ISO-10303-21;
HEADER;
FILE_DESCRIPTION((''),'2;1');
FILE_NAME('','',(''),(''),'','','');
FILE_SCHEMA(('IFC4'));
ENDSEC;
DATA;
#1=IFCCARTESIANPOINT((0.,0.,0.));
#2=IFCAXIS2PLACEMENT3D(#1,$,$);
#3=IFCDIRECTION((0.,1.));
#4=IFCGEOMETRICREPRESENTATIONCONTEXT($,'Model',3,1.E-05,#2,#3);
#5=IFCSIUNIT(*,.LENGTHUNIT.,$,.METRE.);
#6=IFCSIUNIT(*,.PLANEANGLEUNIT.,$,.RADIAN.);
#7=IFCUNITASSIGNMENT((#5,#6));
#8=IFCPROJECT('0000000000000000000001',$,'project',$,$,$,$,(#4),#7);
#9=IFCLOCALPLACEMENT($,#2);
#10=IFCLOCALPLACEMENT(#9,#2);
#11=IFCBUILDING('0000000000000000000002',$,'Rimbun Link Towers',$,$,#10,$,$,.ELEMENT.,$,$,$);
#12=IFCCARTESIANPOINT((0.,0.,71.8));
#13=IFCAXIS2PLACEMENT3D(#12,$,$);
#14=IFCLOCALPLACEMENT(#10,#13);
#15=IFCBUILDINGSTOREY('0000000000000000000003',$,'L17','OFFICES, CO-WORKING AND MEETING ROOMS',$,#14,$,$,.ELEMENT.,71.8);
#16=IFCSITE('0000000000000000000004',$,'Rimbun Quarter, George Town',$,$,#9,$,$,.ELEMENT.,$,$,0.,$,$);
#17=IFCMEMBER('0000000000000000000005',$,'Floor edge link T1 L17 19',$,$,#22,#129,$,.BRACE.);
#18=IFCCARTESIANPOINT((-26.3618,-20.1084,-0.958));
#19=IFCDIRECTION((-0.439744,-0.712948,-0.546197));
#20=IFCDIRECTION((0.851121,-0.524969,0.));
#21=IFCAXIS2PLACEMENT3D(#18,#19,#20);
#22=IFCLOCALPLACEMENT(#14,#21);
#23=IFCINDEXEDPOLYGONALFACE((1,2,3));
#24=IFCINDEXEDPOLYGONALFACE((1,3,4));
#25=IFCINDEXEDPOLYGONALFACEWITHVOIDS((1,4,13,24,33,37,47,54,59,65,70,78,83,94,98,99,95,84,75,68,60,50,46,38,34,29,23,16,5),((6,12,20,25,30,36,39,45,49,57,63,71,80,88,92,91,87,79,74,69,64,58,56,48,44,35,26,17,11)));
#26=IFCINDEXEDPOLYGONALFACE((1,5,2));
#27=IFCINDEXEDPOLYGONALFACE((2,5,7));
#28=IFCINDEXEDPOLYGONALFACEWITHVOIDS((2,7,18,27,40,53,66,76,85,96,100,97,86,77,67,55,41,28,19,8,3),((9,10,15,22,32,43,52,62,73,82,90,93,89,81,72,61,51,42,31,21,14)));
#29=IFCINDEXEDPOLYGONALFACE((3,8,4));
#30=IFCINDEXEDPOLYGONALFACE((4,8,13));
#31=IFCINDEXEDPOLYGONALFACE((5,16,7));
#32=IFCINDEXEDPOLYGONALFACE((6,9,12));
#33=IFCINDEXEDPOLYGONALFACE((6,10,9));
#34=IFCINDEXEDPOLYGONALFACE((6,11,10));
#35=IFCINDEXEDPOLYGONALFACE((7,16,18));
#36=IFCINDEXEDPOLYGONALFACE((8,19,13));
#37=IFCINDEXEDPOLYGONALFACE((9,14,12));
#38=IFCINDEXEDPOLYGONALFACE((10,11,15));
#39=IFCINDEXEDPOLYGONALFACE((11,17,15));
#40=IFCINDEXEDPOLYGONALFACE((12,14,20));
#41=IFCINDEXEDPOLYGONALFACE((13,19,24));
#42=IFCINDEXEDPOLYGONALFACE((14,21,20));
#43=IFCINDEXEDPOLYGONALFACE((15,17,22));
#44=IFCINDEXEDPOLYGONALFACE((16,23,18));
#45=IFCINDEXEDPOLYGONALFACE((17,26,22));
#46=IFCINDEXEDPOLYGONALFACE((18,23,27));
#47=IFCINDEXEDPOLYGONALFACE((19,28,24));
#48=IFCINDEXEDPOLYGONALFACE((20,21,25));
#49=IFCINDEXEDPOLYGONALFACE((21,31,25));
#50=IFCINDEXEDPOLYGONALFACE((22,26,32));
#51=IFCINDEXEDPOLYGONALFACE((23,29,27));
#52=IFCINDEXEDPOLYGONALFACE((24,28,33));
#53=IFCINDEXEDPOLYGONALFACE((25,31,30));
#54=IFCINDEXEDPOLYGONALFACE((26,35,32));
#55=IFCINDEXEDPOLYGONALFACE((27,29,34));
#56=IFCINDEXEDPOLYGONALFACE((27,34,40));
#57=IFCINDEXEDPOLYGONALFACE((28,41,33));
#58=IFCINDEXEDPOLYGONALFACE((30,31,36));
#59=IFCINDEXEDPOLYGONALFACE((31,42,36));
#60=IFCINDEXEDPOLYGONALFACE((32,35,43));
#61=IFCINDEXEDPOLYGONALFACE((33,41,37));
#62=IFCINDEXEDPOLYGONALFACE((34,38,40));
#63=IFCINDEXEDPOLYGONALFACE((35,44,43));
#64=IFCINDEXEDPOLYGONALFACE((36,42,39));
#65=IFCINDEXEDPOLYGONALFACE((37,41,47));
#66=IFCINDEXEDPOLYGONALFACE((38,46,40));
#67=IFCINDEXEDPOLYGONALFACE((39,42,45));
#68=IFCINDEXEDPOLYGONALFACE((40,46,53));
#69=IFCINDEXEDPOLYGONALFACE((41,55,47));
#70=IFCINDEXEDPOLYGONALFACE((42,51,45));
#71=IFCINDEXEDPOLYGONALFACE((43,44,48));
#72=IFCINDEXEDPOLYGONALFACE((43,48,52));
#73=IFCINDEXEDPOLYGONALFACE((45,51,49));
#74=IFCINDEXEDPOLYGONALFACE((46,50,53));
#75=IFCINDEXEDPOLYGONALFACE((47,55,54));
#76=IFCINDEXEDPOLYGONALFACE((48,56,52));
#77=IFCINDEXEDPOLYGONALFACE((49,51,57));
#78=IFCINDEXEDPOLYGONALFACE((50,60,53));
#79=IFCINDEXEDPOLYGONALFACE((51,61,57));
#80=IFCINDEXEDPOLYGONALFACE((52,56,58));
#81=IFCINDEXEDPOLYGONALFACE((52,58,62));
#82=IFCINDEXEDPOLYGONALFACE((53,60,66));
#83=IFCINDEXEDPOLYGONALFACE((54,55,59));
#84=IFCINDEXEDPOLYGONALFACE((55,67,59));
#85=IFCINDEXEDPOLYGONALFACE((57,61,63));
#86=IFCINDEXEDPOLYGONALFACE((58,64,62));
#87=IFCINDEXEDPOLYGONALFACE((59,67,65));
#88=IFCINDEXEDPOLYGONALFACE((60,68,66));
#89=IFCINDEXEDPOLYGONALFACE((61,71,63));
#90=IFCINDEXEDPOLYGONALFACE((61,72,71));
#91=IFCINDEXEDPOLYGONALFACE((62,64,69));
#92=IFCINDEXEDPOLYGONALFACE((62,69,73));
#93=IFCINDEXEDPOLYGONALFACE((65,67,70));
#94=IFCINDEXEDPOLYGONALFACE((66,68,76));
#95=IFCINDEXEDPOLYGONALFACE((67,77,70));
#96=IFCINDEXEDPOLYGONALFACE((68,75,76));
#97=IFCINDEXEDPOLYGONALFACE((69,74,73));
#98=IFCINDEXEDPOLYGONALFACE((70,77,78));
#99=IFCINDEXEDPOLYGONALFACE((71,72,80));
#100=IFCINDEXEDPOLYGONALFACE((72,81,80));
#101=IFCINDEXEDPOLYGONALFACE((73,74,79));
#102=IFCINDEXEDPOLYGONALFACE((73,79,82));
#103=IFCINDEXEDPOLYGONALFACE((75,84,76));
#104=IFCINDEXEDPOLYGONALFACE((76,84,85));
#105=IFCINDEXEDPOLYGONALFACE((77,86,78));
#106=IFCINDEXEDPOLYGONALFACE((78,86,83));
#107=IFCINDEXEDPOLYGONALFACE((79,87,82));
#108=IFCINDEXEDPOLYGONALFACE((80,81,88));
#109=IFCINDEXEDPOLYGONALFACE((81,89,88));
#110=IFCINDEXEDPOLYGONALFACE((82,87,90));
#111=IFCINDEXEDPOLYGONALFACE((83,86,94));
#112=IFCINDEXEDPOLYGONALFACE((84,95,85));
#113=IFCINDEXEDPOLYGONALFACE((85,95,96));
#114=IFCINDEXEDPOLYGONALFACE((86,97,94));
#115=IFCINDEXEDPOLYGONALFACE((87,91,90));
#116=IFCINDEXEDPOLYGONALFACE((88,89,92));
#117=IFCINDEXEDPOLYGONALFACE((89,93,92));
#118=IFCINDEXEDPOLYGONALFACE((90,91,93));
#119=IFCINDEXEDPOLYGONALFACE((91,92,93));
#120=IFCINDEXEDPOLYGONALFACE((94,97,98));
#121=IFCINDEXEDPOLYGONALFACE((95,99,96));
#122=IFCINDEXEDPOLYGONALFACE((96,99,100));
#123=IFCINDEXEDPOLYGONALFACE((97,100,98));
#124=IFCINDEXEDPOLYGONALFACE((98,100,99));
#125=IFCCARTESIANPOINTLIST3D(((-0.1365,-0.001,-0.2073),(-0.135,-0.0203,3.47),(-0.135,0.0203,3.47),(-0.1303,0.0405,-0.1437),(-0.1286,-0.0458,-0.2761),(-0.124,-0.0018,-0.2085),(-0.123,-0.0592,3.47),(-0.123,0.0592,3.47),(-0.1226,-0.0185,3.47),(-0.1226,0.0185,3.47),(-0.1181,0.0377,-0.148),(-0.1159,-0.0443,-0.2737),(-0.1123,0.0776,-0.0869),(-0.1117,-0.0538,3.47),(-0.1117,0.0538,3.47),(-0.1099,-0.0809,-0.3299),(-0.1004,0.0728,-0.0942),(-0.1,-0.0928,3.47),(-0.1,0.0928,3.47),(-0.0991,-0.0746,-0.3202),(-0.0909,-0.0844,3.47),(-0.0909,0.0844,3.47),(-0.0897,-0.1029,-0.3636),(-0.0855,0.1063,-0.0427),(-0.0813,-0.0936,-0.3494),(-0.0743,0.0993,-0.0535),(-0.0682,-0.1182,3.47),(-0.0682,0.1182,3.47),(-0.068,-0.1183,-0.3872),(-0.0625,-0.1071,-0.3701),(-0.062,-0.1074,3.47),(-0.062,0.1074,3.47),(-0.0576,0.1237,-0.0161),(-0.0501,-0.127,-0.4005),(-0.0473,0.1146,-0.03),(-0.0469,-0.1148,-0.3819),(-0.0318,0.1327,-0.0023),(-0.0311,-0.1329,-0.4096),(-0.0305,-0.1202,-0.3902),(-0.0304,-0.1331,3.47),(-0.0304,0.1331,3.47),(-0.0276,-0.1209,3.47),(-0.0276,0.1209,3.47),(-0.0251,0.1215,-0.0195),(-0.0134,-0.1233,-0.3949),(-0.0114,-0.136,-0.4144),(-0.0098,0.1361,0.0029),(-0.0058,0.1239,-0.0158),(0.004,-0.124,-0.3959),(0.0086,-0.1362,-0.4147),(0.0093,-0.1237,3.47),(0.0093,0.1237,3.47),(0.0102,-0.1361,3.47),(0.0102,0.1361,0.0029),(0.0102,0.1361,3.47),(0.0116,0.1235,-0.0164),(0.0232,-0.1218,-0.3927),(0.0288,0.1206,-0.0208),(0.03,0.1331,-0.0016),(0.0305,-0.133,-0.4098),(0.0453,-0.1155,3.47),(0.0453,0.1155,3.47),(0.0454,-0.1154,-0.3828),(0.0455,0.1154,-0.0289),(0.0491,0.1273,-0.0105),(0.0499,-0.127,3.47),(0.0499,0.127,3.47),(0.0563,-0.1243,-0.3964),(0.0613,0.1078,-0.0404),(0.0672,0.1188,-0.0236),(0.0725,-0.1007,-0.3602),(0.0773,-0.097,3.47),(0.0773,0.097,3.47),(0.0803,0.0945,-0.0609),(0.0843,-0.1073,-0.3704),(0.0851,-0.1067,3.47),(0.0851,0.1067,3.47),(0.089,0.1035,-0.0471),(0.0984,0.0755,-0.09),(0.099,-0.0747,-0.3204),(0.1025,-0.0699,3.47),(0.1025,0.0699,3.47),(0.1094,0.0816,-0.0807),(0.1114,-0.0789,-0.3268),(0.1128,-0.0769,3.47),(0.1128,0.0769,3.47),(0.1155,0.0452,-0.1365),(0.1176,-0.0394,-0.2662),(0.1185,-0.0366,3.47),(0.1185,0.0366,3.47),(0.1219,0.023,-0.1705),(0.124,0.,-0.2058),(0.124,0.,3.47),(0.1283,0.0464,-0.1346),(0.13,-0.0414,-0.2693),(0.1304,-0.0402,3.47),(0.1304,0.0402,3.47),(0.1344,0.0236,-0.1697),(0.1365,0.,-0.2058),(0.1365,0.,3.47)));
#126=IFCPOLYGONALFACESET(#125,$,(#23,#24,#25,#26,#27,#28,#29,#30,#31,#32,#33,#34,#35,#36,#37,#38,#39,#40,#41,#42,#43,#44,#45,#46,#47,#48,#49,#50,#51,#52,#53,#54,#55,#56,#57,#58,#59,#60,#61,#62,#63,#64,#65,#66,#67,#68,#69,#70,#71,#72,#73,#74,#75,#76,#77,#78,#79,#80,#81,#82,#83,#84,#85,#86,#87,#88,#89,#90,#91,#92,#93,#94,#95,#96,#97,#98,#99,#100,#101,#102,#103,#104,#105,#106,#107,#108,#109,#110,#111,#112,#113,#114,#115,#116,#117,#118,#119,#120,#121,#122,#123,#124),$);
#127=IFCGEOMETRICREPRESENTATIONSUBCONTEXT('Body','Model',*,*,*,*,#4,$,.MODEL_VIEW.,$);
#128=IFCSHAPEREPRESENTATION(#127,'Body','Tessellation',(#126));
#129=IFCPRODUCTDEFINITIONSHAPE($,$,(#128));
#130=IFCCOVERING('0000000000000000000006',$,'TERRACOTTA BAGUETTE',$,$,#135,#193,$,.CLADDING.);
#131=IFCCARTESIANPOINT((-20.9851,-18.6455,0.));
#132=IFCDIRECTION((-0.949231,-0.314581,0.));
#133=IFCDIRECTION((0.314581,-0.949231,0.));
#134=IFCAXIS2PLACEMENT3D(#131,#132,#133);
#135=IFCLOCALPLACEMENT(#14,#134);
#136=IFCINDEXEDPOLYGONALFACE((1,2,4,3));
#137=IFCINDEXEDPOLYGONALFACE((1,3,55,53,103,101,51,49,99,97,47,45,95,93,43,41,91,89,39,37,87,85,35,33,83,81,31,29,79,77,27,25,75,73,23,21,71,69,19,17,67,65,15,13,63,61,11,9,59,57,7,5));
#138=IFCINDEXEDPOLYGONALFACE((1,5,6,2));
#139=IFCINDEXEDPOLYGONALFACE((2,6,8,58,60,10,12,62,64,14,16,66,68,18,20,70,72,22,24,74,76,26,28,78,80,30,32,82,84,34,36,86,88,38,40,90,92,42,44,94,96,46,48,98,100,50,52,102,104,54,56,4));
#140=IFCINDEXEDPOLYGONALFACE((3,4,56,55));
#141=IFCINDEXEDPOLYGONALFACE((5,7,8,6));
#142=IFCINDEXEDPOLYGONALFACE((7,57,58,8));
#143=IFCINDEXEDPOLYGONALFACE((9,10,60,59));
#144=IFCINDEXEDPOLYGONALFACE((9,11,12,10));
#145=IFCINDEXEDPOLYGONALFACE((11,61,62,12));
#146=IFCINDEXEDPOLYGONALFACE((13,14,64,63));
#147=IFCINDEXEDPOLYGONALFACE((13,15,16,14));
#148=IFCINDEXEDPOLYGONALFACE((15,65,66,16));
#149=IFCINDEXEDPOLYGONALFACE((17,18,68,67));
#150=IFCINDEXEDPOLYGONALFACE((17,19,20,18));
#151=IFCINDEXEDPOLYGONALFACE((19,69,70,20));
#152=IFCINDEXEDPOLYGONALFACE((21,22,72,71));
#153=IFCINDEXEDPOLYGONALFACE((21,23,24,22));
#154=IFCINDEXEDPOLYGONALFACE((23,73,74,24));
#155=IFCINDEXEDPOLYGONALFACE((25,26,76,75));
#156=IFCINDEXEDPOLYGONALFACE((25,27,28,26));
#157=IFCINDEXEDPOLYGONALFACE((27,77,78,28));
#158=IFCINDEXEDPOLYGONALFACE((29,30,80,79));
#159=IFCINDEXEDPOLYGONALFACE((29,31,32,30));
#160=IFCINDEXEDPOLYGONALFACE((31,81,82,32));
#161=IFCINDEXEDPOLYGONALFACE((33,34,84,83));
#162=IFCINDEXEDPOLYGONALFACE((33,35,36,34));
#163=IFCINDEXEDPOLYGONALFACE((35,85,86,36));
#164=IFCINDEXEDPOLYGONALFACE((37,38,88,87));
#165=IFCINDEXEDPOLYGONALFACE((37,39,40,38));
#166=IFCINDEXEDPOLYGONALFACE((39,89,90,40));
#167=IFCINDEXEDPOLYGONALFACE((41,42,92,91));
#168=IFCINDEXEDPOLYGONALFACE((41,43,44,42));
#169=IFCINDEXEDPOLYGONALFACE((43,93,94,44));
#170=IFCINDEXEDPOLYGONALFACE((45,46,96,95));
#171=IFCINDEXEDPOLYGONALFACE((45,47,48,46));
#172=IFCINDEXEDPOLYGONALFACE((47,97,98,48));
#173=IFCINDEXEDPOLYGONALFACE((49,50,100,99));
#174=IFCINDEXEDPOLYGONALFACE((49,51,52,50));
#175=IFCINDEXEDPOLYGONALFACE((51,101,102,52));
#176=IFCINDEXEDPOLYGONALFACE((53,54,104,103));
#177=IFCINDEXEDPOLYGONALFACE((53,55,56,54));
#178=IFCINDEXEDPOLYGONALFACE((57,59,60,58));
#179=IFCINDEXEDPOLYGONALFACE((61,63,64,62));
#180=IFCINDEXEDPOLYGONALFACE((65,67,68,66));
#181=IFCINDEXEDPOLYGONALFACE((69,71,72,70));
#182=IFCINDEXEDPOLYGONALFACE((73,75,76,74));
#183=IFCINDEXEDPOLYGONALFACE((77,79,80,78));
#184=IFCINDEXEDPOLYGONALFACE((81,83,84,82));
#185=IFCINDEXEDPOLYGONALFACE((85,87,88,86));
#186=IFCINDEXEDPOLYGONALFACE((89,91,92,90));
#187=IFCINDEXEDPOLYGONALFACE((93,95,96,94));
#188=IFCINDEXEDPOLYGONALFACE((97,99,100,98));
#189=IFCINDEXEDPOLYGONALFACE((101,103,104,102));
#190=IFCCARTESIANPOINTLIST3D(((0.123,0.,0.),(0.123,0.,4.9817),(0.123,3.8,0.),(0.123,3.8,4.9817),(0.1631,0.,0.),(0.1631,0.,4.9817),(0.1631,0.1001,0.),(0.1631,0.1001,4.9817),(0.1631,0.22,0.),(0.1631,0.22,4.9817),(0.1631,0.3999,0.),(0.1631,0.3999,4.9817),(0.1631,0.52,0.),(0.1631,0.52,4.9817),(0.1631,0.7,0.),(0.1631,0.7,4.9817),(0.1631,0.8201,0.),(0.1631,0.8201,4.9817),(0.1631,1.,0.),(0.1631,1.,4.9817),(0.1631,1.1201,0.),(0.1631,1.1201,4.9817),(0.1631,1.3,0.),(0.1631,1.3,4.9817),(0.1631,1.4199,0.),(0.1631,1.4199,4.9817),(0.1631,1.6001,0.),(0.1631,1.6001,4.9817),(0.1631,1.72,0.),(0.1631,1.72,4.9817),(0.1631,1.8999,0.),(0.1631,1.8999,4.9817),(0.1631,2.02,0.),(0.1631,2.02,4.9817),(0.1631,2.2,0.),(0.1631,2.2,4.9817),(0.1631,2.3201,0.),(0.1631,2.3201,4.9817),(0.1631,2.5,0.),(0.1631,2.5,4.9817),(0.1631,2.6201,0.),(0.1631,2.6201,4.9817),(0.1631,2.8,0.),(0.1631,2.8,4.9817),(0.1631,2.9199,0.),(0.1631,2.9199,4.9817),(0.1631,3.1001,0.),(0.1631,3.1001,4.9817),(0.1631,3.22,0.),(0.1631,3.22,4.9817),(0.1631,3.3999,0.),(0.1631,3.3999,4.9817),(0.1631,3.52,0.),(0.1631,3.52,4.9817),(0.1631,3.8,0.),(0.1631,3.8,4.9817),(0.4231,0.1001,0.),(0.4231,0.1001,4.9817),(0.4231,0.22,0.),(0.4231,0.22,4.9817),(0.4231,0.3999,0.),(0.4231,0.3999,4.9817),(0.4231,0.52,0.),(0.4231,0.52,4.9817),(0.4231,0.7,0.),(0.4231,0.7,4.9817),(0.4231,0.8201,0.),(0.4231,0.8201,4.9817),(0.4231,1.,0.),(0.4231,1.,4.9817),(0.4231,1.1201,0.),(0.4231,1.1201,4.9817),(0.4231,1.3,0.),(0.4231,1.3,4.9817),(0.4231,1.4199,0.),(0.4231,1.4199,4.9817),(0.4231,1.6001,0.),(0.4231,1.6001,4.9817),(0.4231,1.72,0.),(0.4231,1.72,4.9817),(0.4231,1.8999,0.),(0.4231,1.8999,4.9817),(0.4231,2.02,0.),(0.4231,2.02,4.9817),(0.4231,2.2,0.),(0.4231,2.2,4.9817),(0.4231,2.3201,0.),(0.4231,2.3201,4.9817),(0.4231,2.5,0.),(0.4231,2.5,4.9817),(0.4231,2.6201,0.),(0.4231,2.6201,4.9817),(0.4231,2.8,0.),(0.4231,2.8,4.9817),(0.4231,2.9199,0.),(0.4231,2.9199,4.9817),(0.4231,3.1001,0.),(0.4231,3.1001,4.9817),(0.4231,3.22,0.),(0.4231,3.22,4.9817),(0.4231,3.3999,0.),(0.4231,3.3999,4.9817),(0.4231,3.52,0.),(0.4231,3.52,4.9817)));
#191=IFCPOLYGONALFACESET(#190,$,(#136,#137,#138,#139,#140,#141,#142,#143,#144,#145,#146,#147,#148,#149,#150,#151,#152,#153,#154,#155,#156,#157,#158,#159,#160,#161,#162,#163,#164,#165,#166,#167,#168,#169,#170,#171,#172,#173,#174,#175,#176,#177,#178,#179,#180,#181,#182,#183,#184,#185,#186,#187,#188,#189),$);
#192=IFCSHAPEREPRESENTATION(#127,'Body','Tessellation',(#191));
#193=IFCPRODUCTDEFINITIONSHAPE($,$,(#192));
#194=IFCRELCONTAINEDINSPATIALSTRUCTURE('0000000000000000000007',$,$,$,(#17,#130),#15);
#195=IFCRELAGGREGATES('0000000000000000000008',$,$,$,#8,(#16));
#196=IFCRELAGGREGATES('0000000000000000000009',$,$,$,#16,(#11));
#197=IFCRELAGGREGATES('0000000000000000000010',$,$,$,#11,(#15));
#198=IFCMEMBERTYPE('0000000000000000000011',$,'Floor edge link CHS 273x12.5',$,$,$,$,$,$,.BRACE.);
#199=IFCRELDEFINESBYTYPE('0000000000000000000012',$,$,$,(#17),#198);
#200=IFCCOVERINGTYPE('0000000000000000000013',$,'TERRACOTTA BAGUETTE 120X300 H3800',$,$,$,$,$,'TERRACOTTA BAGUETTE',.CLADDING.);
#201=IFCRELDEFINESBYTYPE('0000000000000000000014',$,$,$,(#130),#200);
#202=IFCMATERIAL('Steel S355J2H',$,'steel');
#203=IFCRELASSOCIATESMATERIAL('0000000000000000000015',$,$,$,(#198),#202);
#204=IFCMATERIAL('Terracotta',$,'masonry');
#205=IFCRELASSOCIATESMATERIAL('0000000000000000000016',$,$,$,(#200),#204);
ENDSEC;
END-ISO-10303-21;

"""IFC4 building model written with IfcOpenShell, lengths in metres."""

from ifc_helpers import new_model, si_unit, direction, frame, origin, origin_2d, place, context, subcontext, project, spatial, polyline, hollow_circle, outline, extrude, clip, halfspace, material, material_profile, profile_set, type_object, element, save


model = new_model("IFC4")

# Units and contexts
model_context = context("Model", 3, precision=1e-05, world=origin(), true_north=direction((0.0, 1.0)))
body_context = subcontext(model_context, "Body", "Model", "MODEL_VIEW")
ifc_project = project(units=[si_unit("LENGTHUNIT", "METRE"), si_unit("PLANEANGLEUNIT", "RADIAN")], contexts=[model_context])

# Site, building, storey
site_placement = place(None, origin())
site = spatial("IfcSite", under=ifc_project, at=site_placement, Name="Rimbun Quarter, George Town", CompositionType="ELEMENT", RefElevation=0.0)
building_placement = place(site_placement, origin())
building = spatial("IfcBuilding", under=site, at=building_placement, Name="Rimbun Link Towers", CompositionType="ELEMENT")
storey_placement = place(building_placement, frame((0.0, 0.0, 71.8)))
storey = spatial("IfcBuildingStorey", under=building, at=storey_placement, Name="L17", Description="OFFICES, CO-WORKING AND MEETING ROOMS", CompositionType="ELEMENT", Elevation=71.8)

# Member
ifc_material_1 = material(Name="Steel S355J2H", Category="steel")
ifc_material_profile_1 = material_profile(ifc_material_1, hollow_circle(Radius=0.1365, WallThickness=0.0125, at=origin_2d()), Name="CHS 273x12.5")
ifc_profile_set_1 = profile_set([ifc_material_profile_1], Name="Steel S355J2H")
member_type_1 = type_object("IfcMemberType", Name="Floor edge link CHS 273x12.5", PredefinedType="BRACE", material=ifc_profile_set_1)
member_1_placement = place(storey_placement, frame((-26.3618, -20.1084, -0.958), z_axis=(-0.439744, -0.712948, -0.546197), x_axis=(0.851121, -0.524969, 0.0)))
element("IfcMember", 1, at=member_1_placement, inside=storey, type_object=member_type_1, Name="Floor edge link T1 L17 19", PredefinedType="BRACE", context=body_context, shape_type="Clipping", body=[
    clip(extrude(hollow_circle(Radius=0.1365, WallThickness=0.0125, at=origin_2d()), frame((0.0, 0.0, -0.437)), (0.0, 0.0, 1.0), 3.907), halfspace(frame((0.0, 0.0, -0.2058), z_axis=(0.0, 0.837657, -0.546197)), False)),
])

# Covering
ifc_material_2 = material(Name="Terracotta", Category="masonry")
ifc_material_profile_2 = material_profile(ifc_material_2, outline(polyline([(0.123, 0.0), (0.1631, 0.0), (0.1631, 0.1001), (0.4231, 0.1001), (0.4231, 0.22), (0.1631, 0.22), (0.1631, 0.3999), (0.4231, 0.3999), (0.4231, 0.52), (0.1631, 0.52), (0.1631, 0.7), (0.4231, 0.7), (0.4231, 0.8201), (0.1631, 0.8201), (0.1631, 1.0), (0.4231, 1.0), (0.4231, 1.1201), (0.1631, 1.1201), (0.1631, 1.3), (0.4231, 1.3), (0.4231, 1.4199), (0.1631, 1.4199), (0.1631, 1.6001), (0.4231, 1.6001), (0.4231, 1.72), (0.1631, 1.72), (0.1631, 1.8999), (0.4231, 1.8999), (0.4231, 2.02), (0.1631, 2.02), (0.1631, 2.2), (0.4231, 2.2), (0.4231, 2.3201), (0.1631, 2.3201), (0.1631, 2.5), (0.4231, 2.5), (0.4231, 2.6201), (0.1631, 2.6201), (0.1631, 2.8), (0.4231, 2.8), (0.4231, 2.9199), (0.1631, 2.9199), (0.1631, 3.1001), (0.4231, 3.1001), (0.4231, 3.22), (0.1631, 3.22), (0.1631, 3.3999), (0.4231, 3.3999), (0.4231, 3.52), (0.1631, 3.52), (0.1631, 3.8), (0.123, 3.8), (0.123, 0.0)])), Name="BAGUETTE 120X300")
ifc_profile_set_2 = profile_set([ifc_material_profile_2], Name="Terracotta")
covering_type = type_object("IfcCoveringType", Name="TERRACOTTA BAGUETTE 120X300 H3800", ElementType="TERRACOTTA BAGUETTE", PredefinedType="CLADDING", material=ifc_profile_set_2)
covering_1_placement = place(storey_placement, frame((-20.9851, -18.6455, 0.0), z_axis=(-0.949231, -0.314581, 0.0), x_axis=(0.314581, -0.949231, 0.0)))
element("IfcCovering", 2, at=covering_1_placement, inside=storey, type_object=covering_type, Name="TERRACOTTA BAGUETTE", PredefinedType="CLADDING", context=body_context, shape_type="SweptSolid", body=[
    extrude(outline(polyline([(0.123, 0.0), (0.1631, 0.0), (0.1631, 0.1001), (0.4231, 0.1001), (0.4231, 0.22), (0.1631, 0.22), (0.1631, 0.3999), (0.4231, 0.3999), (0.4231, 0.52), (0.1631, 0.52), (0.1631, 0.7), (0.4231, 0.7), (0.4231, 0.8201), (0.1631, 0.8201), (0.1631, 1.0), (0.4231, 1.0), (0.4231, 1.1201), (0.1631, 1.1201), (0.1631, 1.3), (0.4231, 1.3), (0.4231, 1.4199), (0.1631, 1.4199), (0.1631, 1.6001), (0.4231, 1.6001), (0.4231, 1.72), (0.1631, 1.72), (0.1631, 1.8999), (0.4231, 1.8999), (0.4231, 2.02), (0.1631, 2.02), (0.1631, 2.2), (0.4231, 2.2), (0.4231, 2.3201), (0.1631, 2.3201), (0.1631, 2.5), (0.4231, 2.5), (0.4231, 2.6201), (0.1631, 2.6201), (0.1631, 2.8), (0.4231, 2.8), (0.4231, 2.9199), (0.1631, 2.9199), (0.1631, 3.1001), (0.4231, 3.1001), (0.4231, 3.22), (0.1631, 3.22), (0.1631, 3.3999), (0.4231, 3.3999), (0.4231, 3.52), (0.1631, 3.52), (0.1631, 3.8), (0.123, 3.8), (0.123, 0.0)])), origin(), (0.0, 0.0, 1.0), 4.9817),
])

save(model, "model.ifc")
